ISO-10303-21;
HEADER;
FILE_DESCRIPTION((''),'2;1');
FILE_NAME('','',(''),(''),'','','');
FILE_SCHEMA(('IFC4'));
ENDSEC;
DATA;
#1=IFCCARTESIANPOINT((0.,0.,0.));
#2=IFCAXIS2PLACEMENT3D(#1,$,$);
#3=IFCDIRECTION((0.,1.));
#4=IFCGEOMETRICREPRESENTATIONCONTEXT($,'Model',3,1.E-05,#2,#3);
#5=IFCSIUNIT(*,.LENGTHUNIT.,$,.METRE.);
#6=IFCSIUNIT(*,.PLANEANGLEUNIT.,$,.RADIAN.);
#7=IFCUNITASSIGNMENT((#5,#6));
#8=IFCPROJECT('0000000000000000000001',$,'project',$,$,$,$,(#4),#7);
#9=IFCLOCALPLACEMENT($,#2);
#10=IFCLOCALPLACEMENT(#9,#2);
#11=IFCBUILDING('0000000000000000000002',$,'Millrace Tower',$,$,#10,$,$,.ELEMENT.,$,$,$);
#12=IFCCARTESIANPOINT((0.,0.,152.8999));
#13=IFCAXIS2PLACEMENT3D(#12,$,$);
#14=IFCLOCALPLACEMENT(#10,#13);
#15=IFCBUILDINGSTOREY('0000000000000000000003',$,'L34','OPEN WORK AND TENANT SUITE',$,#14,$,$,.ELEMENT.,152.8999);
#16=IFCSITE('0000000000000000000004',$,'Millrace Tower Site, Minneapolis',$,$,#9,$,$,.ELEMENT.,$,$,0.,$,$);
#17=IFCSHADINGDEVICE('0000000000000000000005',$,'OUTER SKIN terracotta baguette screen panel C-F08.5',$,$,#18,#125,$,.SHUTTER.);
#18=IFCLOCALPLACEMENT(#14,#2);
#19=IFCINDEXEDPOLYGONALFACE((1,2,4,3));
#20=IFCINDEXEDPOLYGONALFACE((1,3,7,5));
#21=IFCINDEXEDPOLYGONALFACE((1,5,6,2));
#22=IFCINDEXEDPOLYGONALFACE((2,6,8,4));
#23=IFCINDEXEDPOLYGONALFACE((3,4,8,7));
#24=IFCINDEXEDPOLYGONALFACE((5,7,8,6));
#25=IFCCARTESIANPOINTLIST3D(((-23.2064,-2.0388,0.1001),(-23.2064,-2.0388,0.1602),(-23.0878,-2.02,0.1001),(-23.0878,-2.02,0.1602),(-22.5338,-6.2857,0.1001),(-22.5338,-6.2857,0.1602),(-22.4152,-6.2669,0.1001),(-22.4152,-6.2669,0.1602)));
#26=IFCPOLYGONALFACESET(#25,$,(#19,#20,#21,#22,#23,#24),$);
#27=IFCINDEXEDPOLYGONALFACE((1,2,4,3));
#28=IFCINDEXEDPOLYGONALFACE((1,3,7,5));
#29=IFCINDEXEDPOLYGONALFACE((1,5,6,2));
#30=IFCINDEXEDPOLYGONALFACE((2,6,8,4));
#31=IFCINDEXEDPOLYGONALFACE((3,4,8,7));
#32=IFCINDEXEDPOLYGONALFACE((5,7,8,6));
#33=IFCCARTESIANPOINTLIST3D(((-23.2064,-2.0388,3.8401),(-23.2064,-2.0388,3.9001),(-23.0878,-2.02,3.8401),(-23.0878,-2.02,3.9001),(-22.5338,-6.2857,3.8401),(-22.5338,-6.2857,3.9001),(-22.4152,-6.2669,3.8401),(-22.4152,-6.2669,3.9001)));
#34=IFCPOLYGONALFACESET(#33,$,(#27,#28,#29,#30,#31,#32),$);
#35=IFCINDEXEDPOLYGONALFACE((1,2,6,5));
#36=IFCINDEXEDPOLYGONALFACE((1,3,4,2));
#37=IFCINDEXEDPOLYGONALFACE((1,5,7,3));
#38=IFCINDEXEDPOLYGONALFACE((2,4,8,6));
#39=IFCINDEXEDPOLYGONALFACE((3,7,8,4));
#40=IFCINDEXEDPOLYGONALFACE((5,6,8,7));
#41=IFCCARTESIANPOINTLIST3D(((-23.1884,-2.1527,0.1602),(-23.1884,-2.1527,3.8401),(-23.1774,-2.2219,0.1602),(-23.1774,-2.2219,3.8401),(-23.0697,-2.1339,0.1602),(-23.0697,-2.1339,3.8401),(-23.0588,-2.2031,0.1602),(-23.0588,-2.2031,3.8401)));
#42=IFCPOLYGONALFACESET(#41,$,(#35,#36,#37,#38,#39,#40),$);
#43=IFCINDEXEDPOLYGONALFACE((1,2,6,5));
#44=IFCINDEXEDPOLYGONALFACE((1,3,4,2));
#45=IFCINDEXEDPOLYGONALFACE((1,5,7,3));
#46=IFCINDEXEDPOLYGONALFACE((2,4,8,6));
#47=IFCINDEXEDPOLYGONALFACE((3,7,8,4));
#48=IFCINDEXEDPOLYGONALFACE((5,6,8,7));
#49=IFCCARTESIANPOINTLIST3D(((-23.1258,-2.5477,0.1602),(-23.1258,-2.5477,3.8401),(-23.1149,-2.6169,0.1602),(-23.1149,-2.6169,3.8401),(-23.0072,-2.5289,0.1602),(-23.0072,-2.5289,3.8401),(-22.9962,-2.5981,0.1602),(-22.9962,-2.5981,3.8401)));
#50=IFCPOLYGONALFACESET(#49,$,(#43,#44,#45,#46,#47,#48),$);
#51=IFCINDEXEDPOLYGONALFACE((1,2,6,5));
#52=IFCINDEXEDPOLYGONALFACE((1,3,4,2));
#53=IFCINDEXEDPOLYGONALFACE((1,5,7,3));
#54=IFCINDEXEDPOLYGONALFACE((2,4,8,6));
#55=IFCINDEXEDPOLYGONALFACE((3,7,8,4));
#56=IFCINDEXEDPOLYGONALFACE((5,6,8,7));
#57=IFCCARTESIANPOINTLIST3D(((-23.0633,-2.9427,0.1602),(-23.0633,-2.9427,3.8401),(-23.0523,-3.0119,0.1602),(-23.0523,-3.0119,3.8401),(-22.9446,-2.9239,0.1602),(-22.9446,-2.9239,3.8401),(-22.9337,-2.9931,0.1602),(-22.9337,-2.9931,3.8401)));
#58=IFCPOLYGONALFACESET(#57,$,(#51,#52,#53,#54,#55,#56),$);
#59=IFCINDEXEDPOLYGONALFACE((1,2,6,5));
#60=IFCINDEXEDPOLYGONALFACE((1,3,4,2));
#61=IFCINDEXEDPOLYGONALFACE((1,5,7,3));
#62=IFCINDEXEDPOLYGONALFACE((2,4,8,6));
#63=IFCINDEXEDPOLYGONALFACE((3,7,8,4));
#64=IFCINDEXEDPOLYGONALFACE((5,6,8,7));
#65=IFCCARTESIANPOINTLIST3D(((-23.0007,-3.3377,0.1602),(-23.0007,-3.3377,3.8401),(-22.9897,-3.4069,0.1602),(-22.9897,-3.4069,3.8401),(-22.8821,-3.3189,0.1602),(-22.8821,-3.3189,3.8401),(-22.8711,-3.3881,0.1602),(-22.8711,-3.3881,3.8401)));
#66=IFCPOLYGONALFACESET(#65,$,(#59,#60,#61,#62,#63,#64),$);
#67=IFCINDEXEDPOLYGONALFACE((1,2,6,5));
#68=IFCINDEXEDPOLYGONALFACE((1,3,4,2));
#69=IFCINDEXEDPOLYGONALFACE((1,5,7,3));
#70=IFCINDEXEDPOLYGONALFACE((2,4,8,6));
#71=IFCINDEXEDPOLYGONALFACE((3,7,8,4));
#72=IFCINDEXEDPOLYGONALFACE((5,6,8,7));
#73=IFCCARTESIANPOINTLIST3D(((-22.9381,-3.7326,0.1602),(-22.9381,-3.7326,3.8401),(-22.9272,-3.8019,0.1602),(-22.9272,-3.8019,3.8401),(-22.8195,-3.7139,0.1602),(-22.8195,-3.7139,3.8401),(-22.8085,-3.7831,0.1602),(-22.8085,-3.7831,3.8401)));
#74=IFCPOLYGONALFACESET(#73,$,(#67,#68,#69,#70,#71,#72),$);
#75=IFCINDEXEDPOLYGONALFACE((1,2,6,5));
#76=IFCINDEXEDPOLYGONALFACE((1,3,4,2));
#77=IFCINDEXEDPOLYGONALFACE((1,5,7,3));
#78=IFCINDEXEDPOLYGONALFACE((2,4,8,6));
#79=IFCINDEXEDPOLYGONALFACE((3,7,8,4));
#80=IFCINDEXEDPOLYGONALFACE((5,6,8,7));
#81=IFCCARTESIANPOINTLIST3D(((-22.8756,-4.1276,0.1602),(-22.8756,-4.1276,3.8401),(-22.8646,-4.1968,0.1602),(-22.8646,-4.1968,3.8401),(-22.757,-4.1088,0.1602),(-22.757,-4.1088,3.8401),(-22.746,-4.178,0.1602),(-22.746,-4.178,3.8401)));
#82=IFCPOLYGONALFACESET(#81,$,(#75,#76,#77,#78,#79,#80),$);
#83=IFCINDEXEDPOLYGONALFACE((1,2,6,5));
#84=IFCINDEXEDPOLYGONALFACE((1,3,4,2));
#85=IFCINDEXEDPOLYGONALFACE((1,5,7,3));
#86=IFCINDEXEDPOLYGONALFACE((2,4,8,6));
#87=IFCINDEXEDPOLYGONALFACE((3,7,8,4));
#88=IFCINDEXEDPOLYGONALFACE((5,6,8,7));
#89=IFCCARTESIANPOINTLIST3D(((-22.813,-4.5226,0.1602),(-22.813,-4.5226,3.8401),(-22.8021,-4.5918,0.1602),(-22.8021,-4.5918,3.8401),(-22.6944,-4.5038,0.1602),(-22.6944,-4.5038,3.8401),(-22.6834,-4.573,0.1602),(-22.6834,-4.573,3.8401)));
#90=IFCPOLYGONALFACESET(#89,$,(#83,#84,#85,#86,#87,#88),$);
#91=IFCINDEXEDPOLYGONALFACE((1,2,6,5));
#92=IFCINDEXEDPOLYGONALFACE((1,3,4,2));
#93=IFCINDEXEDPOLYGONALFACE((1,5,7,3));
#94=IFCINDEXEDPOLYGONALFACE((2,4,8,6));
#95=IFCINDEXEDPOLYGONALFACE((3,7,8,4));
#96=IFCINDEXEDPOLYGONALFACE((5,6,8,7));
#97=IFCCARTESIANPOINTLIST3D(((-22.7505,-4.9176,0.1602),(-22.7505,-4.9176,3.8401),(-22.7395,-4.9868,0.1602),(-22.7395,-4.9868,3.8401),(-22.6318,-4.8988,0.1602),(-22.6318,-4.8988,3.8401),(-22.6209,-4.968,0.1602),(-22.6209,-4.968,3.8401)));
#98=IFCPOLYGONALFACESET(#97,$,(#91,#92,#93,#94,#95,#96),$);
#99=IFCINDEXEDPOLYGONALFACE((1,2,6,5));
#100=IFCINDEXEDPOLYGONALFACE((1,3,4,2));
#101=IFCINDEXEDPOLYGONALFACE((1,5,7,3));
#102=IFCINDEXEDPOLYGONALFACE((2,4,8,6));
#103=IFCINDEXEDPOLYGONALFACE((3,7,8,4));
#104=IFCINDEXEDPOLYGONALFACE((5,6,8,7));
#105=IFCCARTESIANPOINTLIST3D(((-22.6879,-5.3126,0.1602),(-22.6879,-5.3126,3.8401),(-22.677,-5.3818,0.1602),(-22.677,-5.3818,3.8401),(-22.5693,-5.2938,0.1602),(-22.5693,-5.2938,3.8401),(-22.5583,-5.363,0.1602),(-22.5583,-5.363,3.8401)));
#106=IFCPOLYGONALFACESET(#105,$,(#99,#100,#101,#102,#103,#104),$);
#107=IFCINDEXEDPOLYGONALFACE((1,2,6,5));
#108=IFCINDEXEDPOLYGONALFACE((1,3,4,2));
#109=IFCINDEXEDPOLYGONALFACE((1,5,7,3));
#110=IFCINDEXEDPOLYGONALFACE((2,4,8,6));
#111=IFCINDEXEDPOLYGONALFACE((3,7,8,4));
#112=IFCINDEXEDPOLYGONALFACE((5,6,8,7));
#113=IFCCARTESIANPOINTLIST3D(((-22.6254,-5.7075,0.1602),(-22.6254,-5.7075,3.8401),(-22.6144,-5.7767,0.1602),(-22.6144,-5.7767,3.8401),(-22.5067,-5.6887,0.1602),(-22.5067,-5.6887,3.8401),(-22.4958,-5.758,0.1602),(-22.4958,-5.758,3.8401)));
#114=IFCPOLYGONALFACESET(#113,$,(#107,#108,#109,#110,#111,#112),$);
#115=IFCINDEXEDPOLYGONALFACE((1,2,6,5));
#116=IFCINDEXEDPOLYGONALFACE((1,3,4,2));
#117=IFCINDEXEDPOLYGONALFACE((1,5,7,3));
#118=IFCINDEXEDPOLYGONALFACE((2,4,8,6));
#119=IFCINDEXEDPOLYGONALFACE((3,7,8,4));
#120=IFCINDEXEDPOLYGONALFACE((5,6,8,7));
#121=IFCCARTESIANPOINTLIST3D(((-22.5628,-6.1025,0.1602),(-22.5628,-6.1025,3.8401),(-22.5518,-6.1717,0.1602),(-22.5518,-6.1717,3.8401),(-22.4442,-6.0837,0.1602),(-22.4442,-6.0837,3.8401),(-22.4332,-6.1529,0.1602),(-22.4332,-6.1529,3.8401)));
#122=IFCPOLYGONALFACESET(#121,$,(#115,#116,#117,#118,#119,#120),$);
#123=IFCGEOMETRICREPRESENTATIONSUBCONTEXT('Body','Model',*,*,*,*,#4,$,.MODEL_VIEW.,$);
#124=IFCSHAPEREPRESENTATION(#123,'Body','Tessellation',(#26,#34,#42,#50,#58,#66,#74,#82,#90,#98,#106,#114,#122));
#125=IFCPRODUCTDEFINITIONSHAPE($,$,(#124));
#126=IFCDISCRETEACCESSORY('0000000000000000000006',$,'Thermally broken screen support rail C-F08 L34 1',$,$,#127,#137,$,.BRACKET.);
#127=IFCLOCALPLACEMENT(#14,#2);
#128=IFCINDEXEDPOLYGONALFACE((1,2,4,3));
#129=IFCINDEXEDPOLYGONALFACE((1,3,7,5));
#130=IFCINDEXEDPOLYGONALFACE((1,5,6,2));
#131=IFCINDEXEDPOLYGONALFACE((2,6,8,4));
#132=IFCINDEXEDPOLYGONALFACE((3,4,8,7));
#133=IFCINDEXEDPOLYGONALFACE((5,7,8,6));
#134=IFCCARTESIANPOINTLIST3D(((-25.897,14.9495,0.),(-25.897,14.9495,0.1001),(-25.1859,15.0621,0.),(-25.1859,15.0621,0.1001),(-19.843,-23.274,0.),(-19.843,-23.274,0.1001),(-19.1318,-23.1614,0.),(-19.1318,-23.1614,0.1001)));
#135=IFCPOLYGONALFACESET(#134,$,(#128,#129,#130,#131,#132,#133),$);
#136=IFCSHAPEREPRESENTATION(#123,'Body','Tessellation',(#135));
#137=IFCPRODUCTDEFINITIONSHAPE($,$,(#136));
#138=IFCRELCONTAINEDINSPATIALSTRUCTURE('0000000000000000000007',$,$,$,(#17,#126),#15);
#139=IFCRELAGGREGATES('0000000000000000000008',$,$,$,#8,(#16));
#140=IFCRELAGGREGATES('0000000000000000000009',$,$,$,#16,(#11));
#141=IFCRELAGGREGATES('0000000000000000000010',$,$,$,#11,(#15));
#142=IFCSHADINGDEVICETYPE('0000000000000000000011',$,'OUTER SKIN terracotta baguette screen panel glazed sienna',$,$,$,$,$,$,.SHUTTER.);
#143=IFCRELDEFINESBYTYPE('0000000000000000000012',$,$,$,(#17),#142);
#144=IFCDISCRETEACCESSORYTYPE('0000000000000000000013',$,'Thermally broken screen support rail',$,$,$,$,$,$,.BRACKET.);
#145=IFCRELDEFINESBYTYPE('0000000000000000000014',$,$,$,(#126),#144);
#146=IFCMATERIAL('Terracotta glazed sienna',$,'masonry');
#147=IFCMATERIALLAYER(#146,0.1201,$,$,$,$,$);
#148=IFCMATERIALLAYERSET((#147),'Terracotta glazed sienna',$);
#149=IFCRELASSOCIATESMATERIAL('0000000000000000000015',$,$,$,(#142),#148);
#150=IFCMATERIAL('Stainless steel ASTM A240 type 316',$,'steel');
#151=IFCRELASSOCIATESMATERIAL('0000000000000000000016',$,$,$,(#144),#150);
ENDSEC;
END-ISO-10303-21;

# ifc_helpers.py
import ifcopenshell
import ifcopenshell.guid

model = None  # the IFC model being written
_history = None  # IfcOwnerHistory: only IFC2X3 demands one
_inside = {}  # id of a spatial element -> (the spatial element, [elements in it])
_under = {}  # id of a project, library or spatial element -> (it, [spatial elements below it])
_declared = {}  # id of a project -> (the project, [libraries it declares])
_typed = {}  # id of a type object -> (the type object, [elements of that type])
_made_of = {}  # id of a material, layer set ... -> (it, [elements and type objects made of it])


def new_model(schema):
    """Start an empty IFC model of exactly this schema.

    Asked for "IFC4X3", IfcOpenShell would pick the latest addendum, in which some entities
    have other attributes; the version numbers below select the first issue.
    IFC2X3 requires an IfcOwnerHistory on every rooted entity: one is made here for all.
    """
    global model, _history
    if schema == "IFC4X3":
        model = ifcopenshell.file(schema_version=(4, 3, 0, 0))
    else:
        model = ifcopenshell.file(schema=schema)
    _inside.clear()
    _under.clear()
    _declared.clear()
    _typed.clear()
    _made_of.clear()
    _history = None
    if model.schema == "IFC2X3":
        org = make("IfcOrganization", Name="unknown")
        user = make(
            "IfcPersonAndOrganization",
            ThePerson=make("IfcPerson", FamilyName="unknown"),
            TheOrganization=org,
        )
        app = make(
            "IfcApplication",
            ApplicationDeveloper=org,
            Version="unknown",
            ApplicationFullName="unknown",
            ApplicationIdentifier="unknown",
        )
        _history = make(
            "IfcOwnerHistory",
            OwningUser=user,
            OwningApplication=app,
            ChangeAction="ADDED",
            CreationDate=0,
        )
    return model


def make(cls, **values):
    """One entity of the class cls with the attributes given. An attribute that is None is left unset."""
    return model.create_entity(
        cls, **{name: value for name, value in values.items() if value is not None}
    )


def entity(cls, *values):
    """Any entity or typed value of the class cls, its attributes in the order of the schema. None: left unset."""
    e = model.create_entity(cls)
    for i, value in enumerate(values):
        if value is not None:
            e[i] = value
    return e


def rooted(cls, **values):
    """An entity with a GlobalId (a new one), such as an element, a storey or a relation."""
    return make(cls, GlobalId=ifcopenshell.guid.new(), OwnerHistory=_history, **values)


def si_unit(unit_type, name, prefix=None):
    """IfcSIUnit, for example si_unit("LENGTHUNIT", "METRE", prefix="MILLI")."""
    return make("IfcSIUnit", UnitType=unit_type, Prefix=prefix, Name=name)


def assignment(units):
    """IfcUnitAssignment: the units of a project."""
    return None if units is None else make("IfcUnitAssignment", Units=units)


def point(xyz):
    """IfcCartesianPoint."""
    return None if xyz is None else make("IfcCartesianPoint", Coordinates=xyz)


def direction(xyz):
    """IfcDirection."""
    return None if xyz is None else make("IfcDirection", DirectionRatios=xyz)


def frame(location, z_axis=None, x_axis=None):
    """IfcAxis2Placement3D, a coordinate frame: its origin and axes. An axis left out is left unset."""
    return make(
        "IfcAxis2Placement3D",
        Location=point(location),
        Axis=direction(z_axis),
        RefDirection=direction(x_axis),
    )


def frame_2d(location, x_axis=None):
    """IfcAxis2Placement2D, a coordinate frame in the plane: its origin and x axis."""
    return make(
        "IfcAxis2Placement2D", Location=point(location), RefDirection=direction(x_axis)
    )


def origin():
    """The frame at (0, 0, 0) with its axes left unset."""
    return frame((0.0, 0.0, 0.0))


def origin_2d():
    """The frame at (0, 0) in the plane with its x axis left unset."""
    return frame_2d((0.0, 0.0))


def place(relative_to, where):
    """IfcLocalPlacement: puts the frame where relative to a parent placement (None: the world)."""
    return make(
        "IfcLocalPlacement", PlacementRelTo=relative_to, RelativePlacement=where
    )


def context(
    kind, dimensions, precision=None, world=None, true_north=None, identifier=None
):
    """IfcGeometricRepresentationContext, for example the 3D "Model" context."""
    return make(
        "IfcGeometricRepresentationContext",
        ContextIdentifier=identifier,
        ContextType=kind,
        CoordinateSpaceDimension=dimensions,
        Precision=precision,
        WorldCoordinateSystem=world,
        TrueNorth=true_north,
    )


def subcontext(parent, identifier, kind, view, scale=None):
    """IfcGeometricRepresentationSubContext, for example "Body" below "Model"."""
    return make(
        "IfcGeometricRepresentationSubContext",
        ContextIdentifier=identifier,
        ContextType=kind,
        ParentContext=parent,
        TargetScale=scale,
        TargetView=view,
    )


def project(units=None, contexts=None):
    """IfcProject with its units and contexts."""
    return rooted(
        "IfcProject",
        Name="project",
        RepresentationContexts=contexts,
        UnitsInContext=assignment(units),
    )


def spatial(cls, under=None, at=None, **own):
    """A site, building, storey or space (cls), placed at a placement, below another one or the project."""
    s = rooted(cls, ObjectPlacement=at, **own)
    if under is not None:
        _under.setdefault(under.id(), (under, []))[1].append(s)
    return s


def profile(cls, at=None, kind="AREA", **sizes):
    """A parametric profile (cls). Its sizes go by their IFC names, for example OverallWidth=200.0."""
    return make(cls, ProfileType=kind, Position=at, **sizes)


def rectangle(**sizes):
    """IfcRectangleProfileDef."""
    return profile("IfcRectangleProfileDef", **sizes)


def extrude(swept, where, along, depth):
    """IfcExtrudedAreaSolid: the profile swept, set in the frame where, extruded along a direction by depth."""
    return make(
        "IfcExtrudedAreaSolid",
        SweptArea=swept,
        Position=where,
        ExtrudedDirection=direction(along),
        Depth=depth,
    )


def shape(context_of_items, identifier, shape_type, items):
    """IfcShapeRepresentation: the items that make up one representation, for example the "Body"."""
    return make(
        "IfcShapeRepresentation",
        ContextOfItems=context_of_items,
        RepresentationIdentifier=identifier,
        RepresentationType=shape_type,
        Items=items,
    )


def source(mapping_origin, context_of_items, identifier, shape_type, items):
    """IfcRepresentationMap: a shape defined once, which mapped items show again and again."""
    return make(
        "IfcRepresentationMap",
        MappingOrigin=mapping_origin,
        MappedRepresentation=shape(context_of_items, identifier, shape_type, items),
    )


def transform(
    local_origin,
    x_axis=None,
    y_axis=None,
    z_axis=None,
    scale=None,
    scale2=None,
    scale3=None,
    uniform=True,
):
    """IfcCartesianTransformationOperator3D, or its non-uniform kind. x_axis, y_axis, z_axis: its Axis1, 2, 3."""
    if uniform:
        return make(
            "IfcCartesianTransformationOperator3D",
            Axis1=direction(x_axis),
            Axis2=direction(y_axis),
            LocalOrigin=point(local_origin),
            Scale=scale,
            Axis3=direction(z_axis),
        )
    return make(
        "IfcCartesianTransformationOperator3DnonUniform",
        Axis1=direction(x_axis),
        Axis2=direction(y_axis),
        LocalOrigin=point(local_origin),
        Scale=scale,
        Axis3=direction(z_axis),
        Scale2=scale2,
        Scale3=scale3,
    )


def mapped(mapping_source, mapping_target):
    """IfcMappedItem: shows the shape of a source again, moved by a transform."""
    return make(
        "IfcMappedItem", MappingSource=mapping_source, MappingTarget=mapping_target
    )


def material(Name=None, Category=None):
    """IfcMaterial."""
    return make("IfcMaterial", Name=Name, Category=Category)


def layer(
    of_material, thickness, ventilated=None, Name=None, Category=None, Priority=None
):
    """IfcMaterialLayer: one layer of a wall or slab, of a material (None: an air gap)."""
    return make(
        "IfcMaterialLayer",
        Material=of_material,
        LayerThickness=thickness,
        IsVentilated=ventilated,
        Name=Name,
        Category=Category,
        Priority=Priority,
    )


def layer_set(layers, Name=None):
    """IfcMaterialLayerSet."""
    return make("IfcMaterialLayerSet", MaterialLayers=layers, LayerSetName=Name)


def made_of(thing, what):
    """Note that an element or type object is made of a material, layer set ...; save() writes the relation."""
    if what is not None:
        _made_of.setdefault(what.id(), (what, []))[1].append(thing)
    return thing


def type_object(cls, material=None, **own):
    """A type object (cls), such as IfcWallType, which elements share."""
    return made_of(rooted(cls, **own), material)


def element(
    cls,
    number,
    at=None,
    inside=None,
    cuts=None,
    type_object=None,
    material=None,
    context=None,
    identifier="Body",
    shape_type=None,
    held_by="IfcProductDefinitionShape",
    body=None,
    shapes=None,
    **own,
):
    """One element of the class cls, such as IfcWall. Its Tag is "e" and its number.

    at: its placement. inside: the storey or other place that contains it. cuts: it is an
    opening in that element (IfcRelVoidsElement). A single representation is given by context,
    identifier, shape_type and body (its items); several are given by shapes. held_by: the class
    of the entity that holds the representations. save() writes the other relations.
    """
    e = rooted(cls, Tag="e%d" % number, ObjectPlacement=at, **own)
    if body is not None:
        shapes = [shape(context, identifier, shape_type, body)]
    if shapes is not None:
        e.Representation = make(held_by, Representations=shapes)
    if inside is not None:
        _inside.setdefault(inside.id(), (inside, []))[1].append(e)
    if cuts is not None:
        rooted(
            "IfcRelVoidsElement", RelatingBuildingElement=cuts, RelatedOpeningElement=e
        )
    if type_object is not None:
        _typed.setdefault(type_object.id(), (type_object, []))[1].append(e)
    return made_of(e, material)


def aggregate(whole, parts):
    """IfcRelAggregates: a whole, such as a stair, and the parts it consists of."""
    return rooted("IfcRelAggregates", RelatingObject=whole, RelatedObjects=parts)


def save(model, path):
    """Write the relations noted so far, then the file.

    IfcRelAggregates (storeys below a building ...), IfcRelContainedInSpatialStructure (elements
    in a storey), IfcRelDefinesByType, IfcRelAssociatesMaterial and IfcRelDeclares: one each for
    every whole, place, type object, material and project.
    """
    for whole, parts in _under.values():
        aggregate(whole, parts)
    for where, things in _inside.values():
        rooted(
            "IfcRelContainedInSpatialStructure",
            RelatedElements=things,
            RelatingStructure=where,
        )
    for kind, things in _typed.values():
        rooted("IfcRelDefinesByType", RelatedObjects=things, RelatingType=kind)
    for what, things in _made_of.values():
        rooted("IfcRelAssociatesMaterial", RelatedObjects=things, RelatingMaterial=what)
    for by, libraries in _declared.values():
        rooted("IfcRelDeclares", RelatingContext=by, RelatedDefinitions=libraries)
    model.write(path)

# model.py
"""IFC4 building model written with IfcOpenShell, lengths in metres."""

from ifc_helpers import new_model, entity, si_unit, direction, frame, frame_2d, origin, origin_2d, place, context, subcontext, project, spatial, rectangle, extrude, source, transform, mapped, material, layer, layer_set, type_object, element, save


model = new_model("IFC4")

# Units and contexts
model_context = context("Model", 3, precision=1e-05, world=origin(), true_north=direction((0.0, 1.0)))
body_context = subcontext(model_context, "Body", "Model", "MODEL_VIEW")
ifc_project = project(units=[si_unit("LENGTHUNIT", "METRE"), si_unit("PLANEANGLEUNIT", "RADIAN")], contexts=[model_context])

# Site, building, storey
site_placement = place(None, origin())
site = spatial("IfcSite", under=ifc_project, at=site_placement, Name="Millrace Tower Site, Minneapolis", CompositionType="ELEMENT", RefElevation=0.0)
building_placement = place(site_placement, origin())
building = spatial("IfcBuilding", under=site, at=building_placement, Name="Millrace Tower", CompositionType="ELEMENT")
storey_placement = place(building_placement, frame((0.0, 0.0, 152.8999)))
storey = spatial("IfcBuildingStorey", under=building, at=storey_placement, Name="L34", Description="OPEN WORK AND TENANT SUITE", CompositionType="ELEMENT", Elevation=152.8999)

# Shading device
ifc_material_1 = material(Name="Terracotta glazed sienna", Category="masonry")
ifc_layer_1 = layer(ifc_material_1, 0.1201)
ifc_layer_set_1 = layer_set([ifc_layer_1], Name="Terracotta glazed sienna")
shading_device_type = type_object("IfcShadingDeviceType", Name="OUTER SKIN terracotta baguette screen panel glazed sienna", PredefinedType="SHUTTER", material=ifc_layer_set_1)
cartesian_point = entity("IfcCartesianPoint", [-2.1499, 0.0601])
shared_polyline = entity("IfcPolyline", [cartesian_point, entity("IfcCartesianPoint", [2.1499, 0.0601]), entity("IfcCartesianPoint", [2.1499, -0.0601]), entity("IfcCartesianPoint", [-2.1499, -0.0601]), cartesian_point])
shared_shape = source(origin(), body_context, "Body", "SweptSolid", [
    entity("IfcExtrudedAreaSolid", entity("IfcArbitraryClosedProfileDef", "AREA", None, shared_polyline), entity("IfcAxis2Placement3D", entity("IfcCartesianPoint", [0.0, 0.0, 0.0])), entity("IfcDirection", [0.0, 0.0, 1.0]), 0.0601),
    entity("IfcExtrudedAreaSolid", entity("IfcArbitraryClosedProfileDef", "AREA", None, shared_polyline), entity("IfcAxis2Placement3D", entity("IfcCartesianPoint", [0.0, 0.0, 3.74])), entity("IfcDirection", [0.0, 0.0, 1.0]), 0.0601),
    extrude(rectangle(XDim=0.0701, YDim=0.1201, at=frame_2d((-1.9995, 0.0))), frame((0.0, 0.0, 0.0601)), (0.0, 0.0, 1.0), 3.6799),
    extrude(rectangle(XDim=0.0701, YDim=0.1201, at=frame_2d((-1.5996, 0.0))), frame((0.0, 0.0, 0.0601)), (0.0, 0.0, 1.0), 3.6799),
    extrude(rectangle(XDim=0.0701, YDim=0.1201, at=frame_2d((-1.1997, 0.0))), frame((0.0, 0.0, 0.0601)), (0.0, 0.0, 1.0), 3.6799),
    extrude(rectangle(XDim=0.0701, YDim=0.1201, at=frame_2d((-0.7998, 0.0))), frame((0.0, 0.0, 0.0601)), (0.0, 0.0, 1.0), 3.6799),
    extrude(rectangle(XDim=0.0701, YDim=0.1201, at=frame_2d((-0.3999, 0.0))), frame((0.0, 0.0, 0.0601)), (0.0, 0.0, 1.0), 3.6799),
    extrude(rectangle(XDim=0.0701, YDim=0.1201, at=origin_2d()), frame((0.0, 0.0, 0.0601)), (0.0, 0.0, 1.0), 3.6799),
    extrude(rectangle(XDim=0.0701, YDim=0.1201, at=frame_2d((0.3999, 0.0))), frame((0.0, 0.0, 0.0601)), (0.0, 0.0, 1.0), 3.6799),
    extrude(rectangle(XDim=0.0701, YDim=0.1201, at=frame_2d((0.7998, 0.0))), frame((0.0, 0.0, 0.0601)), (0.0, 0.0, 1.0), 3.6799),
    extrude(rectangle(XDim=0.0701, YDim=0.1201, at=frame_2d((1.1997, 0.0))), frame((0.0, 0.0, 0.0601)), (0.0, 0.0, 1.0), 3.6799),
    extrude(rectangle(XDim=0.0701, YDim=0.1201, at=frame_2d((1.5996, 0.0))), frame((0.0, 0.0, 0.0601)), (0.0, 0.0, 1.0), 3.6799),
    extrude(rectangle(XDim=0.0701, YDim=0.1201, at=frame_2d((1.9995, 0.0))), frame((0.0, 0.0, 0.0601)), (0.0, 0.0, 1.0), 3.6799),
])
shading_device_placement = place(storey_placement, frame((-22.8108, -4.1528, 0.1001), z_axis=(0.0, 0.0, 1.0), x_axis=(0.156434, -0.987688, 0.0)))
element("IfcShadingDevice", 1, at=shading_device_placement, inside=storey, type_object=shading_device_type, Name="OUTER SKIN terracotta baguette screen panel C-F08.5", PredefinedType="SHUTTER", context=body_context, shape_type="MappedRepresentation", body=[
    mapped(shared_shape, transform((0.0, 0.0, 0.0), scale=1.0)),
])

# Discrete accessory
ifc_material_2 = material(Name="Stainless steel ASTM A240 type 316", Category="steel")
discrete_accessory_type = type_object("IfcDiscreteAccessoryType", Name="Thermally broken screen support rail", PredefinedType="BRACKET", material=ifc_material_2)
discrete_accessory_placement = place(storey_placement, frame((-22.5144, -4.106, 0.0), z_axis=(0.0, 0.0, 1.0), x_axis=(0.156434, -0.987688, 0.0)))
element("IfcDiscreteAccessory", 2, at=discrete_accessory_placement, inside=storey, type_object=discrete_accessory_type, Name="Thermally broken screen support rail C-F08 L34 1", PredefinedType="BRACKET", context=body_context, shape_type="SweptSolid", body=[
    extrude(rectangle(XDim=38.7, YDim=0.72, at=origin_2d()), origin(), (0.0, 0.0, 1.0), 0.1001),
])

save(model, "model.ifc")
